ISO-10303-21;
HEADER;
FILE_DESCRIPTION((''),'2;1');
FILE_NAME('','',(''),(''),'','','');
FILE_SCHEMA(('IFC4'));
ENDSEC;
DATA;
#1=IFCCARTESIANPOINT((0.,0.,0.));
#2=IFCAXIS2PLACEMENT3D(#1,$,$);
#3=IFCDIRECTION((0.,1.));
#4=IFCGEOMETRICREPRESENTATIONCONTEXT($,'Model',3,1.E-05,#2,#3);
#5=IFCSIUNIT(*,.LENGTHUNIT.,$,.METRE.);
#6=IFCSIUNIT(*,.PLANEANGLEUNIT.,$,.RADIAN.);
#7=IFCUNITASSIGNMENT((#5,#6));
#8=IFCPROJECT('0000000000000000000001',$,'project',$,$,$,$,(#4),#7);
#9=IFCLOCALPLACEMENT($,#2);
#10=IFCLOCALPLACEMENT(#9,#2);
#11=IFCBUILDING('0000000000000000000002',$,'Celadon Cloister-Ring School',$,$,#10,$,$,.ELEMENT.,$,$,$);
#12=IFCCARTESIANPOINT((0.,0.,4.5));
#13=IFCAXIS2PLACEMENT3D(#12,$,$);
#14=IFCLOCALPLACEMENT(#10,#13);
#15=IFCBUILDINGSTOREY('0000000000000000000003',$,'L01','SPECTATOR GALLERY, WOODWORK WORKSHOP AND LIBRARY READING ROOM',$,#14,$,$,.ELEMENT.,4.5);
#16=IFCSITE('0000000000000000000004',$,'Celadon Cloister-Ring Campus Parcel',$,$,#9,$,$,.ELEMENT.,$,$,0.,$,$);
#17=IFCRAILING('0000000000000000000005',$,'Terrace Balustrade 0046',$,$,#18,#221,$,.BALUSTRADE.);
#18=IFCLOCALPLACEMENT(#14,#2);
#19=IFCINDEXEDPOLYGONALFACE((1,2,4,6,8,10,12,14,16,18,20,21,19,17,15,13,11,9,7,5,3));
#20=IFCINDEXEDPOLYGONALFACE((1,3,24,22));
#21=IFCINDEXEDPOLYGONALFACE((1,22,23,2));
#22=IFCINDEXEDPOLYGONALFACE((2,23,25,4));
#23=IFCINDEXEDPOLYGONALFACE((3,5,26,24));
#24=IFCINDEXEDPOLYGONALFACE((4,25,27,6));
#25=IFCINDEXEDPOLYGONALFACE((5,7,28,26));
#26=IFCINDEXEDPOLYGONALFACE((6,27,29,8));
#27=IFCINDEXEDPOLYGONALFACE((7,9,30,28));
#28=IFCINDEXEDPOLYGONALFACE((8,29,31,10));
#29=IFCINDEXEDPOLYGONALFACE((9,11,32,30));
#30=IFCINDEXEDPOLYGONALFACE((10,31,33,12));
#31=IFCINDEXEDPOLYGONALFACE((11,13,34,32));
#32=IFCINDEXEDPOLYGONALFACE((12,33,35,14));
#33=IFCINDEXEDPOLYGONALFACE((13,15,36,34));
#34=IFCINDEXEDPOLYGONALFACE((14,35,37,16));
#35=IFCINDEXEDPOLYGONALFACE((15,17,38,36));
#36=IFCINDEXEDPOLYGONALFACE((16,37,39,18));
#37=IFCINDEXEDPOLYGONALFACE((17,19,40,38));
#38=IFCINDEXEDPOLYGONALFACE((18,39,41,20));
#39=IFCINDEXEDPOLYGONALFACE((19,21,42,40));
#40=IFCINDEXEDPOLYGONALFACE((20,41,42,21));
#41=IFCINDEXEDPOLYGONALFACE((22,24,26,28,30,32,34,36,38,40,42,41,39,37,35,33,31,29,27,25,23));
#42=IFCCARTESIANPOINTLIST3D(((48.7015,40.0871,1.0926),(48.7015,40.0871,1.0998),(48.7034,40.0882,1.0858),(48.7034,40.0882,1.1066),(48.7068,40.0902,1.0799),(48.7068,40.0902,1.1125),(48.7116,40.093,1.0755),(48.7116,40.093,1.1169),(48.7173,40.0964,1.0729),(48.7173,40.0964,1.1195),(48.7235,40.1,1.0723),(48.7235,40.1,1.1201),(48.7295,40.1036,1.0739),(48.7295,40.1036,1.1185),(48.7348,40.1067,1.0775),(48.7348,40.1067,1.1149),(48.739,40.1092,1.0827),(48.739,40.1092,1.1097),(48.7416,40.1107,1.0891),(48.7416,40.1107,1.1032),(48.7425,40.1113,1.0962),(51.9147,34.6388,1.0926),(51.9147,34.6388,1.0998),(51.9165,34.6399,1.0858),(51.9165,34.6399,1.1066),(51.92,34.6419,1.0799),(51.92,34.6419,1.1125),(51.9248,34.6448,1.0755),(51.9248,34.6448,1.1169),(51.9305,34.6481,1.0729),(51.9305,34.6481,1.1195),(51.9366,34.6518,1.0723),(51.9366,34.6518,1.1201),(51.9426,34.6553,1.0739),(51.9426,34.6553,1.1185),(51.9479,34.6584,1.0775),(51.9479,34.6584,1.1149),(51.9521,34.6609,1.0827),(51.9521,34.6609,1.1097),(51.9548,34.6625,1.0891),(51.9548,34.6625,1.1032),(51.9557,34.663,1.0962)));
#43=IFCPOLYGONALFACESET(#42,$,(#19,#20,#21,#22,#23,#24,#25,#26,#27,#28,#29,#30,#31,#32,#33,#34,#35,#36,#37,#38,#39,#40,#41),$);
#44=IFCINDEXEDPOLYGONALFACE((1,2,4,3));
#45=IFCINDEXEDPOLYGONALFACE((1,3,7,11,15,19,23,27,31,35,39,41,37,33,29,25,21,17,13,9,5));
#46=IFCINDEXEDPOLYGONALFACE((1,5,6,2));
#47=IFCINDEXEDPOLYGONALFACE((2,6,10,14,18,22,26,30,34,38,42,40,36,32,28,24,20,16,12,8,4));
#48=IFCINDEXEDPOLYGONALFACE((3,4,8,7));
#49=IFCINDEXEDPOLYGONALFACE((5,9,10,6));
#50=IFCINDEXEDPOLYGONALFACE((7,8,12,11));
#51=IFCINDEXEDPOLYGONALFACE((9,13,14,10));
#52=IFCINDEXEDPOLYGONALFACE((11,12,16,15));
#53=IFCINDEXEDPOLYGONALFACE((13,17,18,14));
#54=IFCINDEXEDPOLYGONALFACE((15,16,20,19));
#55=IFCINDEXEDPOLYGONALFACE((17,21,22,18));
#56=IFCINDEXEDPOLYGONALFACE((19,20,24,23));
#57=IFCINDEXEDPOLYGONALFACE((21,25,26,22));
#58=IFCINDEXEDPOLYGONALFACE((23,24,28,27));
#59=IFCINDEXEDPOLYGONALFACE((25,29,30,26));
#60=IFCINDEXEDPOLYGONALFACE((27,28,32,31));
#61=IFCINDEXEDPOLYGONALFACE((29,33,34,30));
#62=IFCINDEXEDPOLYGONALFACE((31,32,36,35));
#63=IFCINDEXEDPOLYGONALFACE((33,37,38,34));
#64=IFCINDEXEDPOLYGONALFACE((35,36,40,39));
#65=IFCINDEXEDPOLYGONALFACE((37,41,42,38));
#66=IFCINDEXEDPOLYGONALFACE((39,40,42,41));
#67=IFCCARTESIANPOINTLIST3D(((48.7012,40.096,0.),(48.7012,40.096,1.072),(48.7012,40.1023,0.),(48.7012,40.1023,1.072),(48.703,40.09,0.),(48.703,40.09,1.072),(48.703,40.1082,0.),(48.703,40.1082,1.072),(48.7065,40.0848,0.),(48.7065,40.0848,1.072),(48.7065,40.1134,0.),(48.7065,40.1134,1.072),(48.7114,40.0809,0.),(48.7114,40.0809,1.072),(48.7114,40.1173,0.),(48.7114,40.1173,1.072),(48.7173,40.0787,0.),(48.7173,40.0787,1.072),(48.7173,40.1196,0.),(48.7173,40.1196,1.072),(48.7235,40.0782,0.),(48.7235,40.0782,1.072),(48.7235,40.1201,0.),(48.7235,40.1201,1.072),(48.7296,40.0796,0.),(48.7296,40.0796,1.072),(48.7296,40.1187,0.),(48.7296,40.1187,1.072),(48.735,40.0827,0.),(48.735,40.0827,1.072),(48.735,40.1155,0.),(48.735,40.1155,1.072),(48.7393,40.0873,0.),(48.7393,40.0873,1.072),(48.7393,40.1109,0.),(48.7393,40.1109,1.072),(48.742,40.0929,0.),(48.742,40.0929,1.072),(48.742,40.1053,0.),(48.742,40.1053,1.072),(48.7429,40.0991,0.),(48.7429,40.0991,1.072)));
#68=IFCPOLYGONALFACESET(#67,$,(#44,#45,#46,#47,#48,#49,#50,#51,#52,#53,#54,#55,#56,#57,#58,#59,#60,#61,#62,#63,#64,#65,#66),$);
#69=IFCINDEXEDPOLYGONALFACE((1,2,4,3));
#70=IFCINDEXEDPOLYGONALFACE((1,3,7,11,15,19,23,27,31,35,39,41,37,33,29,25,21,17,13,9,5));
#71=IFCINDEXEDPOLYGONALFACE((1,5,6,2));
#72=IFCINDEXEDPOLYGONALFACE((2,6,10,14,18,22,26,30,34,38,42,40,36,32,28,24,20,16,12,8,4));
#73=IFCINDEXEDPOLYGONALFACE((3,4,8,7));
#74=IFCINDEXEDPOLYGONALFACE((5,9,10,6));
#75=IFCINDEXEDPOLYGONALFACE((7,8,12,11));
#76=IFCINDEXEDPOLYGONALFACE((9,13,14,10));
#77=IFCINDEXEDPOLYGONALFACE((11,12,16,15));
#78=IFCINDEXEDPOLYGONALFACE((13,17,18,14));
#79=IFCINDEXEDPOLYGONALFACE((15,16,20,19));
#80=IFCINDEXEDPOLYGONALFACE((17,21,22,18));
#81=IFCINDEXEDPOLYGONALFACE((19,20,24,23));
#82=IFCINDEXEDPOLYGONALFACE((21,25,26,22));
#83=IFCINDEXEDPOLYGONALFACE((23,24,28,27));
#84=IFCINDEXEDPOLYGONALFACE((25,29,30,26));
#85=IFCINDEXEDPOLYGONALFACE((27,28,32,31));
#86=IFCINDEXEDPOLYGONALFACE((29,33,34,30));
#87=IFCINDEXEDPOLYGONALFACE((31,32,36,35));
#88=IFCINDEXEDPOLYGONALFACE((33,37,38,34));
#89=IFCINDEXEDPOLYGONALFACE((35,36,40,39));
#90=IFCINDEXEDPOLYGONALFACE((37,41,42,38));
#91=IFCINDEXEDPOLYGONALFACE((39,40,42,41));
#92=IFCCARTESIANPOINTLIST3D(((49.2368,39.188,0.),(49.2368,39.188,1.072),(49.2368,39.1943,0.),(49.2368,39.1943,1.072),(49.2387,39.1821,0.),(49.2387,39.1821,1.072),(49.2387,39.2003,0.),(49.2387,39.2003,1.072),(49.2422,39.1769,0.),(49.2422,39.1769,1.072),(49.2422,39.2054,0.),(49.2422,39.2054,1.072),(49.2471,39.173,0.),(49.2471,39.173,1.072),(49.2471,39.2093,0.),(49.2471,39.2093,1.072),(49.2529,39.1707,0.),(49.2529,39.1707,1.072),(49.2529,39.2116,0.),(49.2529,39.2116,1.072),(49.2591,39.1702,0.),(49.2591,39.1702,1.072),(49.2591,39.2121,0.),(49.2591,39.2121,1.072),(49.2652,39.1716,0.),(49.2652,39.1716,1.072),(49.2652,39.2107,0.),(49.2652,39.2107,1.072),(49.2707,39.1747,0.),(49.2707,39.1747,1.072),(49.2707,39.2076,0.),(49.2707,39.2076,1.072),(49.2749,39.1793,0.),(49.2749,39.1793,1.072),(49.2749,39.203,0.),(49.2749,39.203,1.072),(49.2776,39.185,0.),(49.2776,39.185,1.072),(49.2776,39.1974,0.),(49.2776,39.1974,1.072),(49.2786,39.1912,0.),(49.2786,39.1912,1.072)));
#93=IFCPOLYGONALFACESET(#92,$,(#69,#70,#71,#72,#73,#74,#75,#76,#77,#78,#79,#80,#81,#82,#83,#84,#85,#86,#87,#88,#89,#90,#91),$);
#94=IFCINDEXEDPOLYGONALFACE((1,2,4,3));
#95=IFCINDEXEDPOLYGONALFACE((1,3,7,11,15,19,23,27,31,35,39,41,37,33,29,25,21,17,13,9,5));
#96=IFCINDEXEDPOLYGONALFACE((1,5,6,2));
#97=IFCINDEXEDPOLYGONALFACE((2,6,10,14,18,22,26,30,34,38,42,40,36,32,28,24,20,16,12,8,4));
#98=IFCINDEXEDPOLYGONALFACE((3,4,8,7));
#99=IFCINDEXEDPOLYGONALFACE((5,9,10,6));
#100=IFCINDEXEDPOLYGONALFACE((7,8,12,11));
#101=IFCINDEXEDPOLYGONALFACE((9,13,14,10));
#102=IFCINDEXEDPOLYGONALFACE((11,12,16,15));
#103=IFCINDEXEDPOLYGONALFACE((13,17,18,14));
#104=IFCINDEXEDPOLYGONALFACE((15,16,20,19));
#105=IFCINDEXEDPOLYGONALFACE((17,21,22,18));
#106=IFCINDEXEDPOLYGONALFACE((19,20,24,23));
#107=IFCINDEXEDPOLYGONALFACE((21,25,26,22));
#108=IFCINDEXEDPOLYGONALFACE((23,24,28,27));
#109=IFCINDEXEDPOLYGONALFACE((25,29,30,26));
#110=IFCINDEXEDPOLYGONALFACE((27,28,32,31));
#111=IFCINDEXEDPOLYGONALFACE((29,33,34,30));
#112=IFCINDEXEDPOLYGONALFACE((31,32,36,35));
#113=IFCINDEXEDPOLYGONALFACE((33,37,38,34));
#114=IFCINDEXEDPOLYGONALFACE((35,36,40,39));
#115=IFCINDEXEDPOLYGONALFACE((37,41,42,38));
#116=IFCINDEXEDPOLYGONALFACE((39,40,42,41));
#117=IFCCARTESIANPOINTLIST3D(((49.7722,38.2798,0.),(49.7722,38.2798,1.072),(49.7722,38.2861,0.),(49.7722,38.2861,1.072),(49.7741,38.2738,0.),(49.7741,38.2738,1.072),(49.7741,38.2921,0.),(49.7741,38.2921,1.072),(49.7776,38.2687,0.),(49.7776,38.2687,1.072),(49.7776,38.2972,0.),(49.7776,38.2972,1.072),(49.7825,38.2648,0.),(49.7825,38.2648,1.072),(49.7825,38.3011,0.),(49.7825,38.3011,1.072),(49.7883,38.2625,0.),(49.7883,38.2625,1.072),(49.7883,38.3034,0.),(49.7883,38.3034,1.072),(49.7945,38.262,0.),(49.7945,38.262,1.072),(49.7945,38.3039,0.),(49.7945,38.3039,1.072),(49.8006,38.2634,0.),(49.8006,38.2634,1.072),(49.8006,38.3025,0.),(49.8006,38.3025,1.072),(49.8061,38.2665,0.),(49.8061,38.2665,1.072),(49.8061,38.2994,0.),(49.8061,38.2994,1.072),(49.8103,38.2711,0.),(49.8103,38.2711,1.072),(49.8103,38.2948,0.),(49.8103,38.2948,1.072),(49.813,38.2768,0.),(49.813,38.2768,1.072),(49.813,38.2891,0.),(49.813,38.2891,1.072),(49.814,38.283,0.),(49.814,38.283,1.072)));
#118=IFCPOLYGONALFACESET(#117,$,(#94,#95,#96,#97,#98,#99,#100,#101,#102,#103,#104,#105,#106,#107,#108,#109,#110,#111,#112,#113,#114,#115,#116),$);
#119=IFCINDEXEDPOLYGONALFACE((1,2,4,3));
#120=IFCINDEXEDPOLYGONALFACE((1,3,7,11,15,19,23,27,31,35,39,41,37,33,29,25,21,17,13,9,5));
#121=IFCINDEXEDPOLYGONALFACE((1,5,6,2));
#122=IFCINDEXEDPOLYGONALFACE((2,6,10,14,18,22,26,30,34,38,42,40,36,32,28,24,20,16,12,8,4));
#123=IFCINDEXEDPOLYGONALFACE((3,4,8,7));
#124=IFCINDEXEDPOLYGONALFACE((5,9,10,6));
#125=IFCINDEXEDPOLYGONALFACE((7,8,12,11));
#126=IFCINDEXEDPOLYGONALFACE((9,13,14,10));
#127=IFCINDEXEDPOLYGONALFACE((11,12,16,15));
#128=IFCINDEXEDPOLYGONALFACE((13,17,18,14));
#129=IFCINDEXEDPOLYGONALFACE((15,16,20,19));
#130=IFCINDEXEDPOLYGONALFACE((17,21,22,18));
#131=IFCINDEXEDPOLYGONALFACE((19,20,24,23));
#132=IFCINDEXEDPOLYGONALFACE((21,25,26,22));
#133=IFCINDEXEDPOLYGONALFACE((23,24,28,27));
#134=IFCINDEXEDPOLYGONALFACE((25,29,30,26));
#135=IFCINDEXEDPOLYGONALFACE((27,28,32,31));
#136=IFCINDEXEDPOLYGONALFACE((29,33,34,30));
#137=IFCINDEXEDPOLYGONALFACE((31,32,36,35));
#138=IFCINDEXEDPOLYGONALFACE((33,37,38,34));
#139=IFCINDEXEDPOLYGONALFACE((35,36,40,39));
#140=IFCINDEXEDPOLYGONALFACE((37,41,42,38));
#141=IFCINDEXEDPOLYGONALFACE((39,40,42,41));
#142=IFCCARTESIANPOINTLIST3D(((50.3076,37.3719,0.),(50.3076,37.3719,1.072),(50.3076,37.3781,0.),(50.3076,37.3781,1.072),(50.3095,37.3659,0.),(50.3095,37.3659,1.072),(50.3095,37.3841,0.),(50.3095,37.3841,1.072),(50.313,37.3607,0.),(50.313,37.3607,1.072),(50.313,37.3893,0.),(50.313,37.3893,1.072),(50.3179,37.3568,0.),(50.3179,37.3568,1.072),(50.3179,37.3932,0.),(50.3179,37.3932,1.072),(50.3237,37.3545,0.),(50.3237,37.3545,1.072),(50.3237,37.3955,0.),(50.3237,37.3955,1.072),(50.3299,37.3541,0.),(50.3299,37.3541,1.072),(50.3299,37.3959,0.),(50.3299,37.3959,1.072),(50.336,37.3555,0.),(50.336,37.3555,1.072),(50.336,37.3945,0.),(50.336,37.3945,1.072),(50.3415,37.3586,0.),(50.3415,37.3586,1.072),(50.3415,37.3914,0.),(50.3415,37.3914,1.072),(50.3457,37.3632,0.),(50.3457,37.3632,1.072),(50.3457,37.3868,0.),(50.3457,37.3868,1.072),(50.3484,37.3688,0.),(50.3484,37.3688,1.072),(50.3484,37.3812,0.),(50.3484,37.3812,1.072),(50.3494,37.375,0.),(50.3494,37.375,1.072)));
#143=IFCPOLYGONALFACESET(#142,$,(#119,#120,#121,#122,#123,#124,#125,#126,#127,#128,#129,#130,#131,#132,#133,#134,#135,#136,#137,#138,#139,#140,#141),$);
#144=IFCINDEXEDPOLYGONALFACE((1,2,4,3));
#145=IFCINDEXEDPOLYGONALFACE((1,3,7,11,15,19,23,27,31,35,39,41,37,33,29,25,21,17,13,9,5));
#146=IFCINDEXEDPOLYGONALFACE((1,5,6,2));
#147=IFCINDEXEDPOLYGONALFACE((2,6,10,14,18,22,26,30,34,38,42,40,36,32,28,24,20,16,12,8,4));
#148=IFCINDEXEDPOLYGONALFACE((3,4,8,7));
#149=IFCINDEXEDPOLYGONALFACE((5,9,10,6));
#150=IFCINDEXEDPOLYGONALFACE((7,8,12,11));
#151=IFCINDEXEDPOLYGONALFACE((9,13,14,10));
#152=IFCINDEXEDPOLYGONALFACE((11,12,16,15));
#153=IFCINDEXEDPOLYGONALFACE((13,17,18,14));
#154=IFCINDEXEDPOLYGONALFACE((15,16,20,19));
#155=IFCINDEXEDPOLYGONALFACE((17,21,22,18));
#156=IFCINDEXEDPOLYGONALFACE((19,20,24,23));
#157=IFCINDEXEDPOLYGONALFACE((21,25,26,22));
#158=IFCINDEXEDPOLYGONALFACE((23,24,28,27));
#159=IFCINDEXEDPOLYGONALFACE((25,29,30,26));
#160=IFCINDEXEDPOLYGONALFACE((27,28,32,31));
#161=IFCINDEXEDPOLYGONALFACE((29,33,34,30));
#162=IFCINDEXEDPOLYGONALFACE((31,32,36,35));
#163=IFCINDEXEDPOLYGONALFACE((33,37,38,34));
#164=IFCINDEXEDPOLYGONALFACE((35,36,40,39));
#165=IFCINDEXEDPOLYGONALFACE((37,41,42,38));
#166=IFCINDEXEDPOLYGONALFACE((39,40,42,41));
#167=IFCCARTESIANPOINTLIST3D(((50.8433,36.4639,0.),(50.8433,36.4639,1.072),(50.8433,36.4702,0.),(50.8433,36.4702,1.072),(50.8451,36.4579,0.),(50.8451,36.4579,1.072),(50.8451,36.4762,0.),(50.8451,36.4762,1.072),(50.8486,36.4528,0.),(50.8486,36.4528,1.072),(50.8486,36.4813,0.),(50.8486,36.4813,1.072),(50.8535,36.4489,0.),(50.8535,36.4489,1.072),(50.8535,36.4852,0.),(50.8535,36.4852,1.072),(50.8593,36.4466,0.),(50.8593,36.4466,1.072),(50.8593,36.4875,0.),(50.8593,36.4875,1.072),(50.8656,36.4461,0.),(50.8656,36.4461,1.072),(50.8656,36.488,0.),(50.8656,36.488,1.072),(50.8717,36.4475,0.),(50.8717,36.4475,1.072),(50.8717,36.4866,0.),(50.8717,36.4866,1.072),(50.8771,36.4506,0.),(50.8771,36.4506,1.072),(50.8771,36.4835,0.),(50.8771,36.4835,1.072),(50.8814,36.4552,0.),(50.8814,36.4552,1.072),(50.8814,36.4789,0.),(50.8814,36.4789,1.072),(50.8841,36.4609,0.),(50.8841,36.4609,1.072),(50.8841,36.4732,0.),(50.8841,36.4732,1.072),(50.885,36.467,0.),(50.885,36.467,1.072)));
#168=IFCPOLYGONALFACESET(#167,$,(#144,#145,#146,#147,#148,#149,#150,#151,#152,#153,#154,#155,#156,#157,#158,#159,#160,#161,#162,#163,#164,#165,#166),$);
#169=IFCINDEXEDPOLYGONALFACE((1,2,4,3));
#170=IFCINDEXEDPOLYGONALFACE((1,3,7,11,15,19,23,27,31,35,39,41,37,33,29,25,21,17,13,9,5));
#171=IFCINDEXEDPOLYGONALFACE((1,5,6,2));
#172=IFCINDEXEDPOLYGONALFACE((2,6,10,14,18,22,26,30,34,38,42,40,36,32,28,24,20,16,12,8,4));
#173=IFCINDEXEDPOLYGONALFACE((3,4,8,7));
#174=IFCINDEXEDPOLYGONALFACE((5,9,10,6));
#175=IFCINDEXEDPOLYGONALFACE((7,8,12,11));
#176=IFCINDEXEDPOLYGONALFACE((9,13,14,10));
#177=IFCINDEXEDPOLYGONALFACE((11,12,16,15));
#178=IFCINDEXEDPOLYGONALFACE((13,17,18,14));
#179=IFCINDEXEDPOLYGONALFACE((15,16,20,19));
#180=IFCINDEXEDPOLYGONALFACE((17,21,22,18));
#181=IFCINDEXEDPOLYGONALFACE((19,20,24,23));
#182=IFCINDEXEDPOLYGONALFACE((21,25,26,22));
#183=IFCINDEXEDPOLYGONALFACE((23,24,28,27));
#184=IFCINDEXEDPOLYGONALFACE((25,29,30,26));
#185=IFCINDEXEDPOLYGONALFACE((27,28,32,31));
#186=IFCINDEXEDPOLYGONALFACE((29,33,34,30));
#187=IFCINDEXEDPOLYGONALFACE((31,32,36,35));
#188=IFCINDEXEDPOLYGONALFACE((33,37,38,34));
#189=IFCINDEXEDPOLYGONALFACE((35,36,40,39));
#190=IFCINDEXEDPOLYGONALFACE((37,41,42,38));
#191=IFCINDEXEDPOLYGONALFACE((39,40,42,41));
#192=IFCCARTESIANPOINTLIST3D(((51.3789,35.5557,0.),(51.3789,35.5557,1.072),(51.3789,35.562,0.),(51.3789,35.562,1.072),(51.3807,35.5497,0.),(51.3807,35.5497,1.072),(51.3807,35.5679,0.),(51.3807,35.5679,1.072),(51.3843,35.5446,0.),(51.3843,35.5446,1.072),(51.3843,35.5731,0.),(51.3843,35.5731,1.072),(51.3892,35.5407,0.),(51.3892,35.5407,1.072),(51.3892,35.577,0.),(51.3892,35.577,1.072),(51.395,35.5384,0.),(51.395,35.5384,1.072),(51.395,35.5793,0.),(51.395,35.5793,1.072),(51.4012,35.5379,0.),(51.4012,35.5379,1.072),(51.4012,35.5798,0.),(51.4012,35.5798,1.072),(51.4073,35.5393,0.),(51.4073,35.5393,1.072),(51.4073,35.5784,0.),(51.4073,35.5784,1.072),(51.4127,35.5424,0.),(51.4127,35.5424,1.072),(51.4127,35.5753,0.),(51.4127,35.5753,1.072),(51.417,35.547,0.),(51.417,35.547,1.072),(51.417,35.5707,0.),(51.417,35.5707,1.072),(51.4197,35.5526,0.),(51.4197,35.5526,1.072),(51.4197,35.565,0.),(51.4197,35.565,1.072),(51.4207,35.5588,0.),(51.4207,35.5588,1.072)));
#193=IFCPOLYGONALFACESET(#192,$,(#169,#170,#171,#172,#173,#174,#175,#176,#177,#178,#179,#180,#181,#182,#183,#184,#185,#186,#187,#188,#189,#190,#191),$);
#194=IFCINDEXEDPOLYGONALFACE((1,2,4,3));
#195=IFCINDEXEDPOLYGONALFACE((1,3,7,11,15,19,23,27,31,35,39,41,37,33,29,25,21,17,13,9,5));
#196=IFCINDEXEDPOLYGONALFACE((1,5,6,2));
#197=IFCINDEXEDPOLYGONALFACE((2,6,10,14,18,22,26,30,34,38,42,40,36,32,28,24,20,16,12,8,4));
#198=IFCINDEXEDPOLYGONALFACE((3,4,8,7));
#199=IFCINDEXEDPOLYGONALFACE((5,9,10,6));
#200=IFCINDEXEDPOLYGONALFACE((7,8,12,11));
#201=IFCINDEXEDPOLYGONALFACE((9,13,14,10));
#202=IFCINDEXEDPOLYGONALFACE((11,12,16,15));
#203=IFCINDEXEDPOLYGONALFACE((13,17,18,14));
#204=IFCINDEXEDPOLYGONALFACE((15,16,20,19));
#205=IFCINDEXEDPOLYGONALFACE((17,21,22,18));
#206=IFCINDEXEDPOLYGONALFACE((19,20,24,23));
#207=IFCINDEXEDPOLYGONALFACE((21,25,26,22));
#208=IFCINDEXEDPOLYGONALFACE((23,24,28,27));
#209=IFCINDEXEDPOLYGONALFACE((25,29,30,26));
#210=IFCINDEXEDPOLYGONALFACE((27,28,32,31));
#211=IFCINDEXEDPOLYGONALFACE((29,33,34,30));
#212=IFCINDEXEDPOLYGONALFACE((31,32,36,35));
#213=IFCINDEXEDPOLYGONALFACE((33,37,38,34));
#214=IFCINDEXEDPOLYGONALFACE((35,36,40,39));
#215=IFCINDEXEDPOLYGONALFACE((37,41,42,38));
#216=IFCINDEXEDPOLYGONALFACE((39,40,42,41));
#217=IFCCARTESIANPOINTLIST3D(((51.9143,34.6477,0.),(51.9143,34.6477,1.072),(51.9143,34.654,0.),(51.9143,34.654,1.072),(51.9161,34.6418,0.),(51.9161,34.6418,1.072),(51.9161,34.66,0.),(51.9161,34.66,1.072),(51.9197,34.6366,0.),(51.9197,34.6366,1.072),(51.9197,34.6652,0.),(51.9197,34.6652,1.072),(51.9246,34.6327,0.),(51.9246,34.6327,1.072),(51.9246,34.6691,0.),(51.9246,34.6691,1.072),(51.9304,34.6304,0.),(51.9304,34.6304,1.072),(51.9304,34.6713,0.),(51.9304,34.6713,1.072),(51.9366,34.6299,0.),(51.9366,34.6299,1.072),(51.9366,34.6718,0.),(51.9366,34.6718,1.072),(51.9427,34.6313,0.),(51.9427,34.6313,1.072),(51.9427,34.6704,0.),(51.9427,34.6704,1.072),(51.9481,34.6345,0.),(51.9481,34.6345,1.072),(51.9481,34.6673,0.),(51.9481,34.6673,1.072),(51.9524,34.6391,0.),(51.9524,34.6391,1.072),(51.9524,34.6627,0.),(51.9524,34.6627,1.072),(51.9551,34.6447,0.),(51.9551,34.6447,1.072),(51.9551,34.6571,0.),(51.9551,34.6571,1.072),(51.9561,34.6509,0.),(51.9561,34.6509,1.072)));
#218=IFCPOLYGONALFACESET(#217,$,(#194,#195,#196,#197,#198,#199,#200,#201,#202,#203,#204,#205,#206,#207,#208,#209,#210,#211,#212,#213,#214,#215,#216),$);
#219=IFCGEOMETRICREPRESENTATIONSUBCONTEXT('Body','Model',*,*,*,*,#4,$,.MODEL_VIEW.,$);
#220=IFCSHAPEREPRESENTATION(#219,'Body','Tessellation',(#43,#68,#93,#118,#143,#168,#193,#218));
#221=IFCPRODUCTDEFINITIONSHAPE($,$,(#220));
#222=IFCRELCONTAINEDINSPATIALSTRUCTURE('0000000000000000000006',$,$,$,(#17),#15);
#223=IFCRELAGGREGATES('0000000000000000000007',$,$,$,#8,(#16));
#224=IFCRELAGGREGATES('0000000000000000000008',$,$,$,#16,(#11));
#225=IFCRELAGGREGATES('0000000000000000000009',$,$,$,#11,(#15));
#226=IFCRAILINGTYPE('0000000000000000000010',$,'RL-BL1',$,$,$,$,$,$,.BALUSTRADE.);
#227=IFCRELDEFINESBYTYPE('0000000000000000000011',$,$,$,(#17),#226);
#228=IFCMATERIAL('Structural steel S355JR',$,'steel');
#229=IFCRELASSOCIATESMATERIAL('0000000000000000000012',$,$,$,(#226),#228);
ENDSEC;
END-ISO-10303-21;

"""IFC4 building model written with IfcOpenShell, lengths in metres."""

from ifc_helpers import new_model, si_unit, direction, frame, origin, origin_2d, place, context, subcontext, project, spatial, circle, extrude, material, type_object, element, save


model = new_model("IFC4")

# Units and contexts
model_context = context("Model", 3, precision=1e-05, world=origin(), true_north=direction((0.0, 1.0)))
body_context = subcontext(model_context, "Body", "Model", "MODEL_VIEW")
ifc_project = project(units=[si_unit("LENGTHUNIT", "METRE"), si_unit("PLANEANGLEUNIT", "RADIAN")], contexts=[model_context])

# Site, building, storey
site_placement = place(None, origin())
site = spatial("IfcSite", under=ifc_project, at=site_placement, Name="Celadon Cloister-Ring Campus Parcel", CompositionType="ELEMENT", RefElevation=0.0)
building_placement = place(site_placement, origin())
building = spatial("IfcBuilding", under=site, at=building_placement, Name="Celadon Cloister-Ring School", CompositionType="ELEMENT")
storey_placement = place(building_placement, frame((0.0, 0.0, 4.5)))
storey = spatial("IfcBuildingStorey", under=building, at=storey_placement, Name="L01", Description="SPECTATOR GALLERY, WOODWORK WORKSHOP AND LIBRARY READING ROOM", CompositionType="ELEMENT", Elevation=4.5)

# Railing
ifc_material_1 = material(Name="Structural steel S355JR", Category="steel")
railing_type = type_object("IfcRailingType", Name="RL-BL1", PredefinedType="BALUSTRADE", material=ifc_material_1)
railing_1_placement = place(storey_placement, frame((48.7219, 40.0991, 0.0)))
element("IfcRailing", 1, at=railing_1_placement, inside=storey, type_object=railing_type, Name="Terrace Balustrade 0046", PredefinedType="BALUSTRADE", context=body_context, shape_type="SweptSolid", body=[
    extrude(circle(Radius=0.0239, at=origin_2d()), frame((0.0, 0.0, 1.0962), z_axis=(0.507993, -0.861361, 0.0), x_axis=(0.861361, 0.507993, 0.0)), (0.0, 0.0, 1.0), 6.3252),
    extrude(circle(Radius=0.021, at=origin_2d()), origin(), (0.0, 0.0, 1.0), 1.072),
    extrude(circle(Radius=0.021, at=origin_2d()), frame((0.5356, -0.908, 0.0)), (0.0, 0.0, 1.0), 1.072),
    extrude(circle(Radius=0.021, at=origin_2d()), frame((1.071, -1.8162, 0.0)), (0.0, 0.0, 1.0), 1.072),
    extrude(circle(Radius=0.021, at=origin_2d()), frame((1.6064, -2.7241, 0.0)), (0.0, 0.0, 1.0), 1.072),
    extrude(circle(Radius=0.021, at=origin_2d()), frame((2.1421, -3.6321, 0.0)), (0.0, 0.0, 1.0), 1.072),
    extrude(circle(Radius=0.021, at=origin_2d()), frame((2.6777, -4.5403, 0.0)), (0.0, 0.0, 1.0), 1.072),
    extrude(circle(Radius=0.021, at=origin_2d()), frame((3.2131, -5.4482, 0.0)), (0.0, 0.0, 1.0), 1.072),
])

save(model, "model.ifc")
